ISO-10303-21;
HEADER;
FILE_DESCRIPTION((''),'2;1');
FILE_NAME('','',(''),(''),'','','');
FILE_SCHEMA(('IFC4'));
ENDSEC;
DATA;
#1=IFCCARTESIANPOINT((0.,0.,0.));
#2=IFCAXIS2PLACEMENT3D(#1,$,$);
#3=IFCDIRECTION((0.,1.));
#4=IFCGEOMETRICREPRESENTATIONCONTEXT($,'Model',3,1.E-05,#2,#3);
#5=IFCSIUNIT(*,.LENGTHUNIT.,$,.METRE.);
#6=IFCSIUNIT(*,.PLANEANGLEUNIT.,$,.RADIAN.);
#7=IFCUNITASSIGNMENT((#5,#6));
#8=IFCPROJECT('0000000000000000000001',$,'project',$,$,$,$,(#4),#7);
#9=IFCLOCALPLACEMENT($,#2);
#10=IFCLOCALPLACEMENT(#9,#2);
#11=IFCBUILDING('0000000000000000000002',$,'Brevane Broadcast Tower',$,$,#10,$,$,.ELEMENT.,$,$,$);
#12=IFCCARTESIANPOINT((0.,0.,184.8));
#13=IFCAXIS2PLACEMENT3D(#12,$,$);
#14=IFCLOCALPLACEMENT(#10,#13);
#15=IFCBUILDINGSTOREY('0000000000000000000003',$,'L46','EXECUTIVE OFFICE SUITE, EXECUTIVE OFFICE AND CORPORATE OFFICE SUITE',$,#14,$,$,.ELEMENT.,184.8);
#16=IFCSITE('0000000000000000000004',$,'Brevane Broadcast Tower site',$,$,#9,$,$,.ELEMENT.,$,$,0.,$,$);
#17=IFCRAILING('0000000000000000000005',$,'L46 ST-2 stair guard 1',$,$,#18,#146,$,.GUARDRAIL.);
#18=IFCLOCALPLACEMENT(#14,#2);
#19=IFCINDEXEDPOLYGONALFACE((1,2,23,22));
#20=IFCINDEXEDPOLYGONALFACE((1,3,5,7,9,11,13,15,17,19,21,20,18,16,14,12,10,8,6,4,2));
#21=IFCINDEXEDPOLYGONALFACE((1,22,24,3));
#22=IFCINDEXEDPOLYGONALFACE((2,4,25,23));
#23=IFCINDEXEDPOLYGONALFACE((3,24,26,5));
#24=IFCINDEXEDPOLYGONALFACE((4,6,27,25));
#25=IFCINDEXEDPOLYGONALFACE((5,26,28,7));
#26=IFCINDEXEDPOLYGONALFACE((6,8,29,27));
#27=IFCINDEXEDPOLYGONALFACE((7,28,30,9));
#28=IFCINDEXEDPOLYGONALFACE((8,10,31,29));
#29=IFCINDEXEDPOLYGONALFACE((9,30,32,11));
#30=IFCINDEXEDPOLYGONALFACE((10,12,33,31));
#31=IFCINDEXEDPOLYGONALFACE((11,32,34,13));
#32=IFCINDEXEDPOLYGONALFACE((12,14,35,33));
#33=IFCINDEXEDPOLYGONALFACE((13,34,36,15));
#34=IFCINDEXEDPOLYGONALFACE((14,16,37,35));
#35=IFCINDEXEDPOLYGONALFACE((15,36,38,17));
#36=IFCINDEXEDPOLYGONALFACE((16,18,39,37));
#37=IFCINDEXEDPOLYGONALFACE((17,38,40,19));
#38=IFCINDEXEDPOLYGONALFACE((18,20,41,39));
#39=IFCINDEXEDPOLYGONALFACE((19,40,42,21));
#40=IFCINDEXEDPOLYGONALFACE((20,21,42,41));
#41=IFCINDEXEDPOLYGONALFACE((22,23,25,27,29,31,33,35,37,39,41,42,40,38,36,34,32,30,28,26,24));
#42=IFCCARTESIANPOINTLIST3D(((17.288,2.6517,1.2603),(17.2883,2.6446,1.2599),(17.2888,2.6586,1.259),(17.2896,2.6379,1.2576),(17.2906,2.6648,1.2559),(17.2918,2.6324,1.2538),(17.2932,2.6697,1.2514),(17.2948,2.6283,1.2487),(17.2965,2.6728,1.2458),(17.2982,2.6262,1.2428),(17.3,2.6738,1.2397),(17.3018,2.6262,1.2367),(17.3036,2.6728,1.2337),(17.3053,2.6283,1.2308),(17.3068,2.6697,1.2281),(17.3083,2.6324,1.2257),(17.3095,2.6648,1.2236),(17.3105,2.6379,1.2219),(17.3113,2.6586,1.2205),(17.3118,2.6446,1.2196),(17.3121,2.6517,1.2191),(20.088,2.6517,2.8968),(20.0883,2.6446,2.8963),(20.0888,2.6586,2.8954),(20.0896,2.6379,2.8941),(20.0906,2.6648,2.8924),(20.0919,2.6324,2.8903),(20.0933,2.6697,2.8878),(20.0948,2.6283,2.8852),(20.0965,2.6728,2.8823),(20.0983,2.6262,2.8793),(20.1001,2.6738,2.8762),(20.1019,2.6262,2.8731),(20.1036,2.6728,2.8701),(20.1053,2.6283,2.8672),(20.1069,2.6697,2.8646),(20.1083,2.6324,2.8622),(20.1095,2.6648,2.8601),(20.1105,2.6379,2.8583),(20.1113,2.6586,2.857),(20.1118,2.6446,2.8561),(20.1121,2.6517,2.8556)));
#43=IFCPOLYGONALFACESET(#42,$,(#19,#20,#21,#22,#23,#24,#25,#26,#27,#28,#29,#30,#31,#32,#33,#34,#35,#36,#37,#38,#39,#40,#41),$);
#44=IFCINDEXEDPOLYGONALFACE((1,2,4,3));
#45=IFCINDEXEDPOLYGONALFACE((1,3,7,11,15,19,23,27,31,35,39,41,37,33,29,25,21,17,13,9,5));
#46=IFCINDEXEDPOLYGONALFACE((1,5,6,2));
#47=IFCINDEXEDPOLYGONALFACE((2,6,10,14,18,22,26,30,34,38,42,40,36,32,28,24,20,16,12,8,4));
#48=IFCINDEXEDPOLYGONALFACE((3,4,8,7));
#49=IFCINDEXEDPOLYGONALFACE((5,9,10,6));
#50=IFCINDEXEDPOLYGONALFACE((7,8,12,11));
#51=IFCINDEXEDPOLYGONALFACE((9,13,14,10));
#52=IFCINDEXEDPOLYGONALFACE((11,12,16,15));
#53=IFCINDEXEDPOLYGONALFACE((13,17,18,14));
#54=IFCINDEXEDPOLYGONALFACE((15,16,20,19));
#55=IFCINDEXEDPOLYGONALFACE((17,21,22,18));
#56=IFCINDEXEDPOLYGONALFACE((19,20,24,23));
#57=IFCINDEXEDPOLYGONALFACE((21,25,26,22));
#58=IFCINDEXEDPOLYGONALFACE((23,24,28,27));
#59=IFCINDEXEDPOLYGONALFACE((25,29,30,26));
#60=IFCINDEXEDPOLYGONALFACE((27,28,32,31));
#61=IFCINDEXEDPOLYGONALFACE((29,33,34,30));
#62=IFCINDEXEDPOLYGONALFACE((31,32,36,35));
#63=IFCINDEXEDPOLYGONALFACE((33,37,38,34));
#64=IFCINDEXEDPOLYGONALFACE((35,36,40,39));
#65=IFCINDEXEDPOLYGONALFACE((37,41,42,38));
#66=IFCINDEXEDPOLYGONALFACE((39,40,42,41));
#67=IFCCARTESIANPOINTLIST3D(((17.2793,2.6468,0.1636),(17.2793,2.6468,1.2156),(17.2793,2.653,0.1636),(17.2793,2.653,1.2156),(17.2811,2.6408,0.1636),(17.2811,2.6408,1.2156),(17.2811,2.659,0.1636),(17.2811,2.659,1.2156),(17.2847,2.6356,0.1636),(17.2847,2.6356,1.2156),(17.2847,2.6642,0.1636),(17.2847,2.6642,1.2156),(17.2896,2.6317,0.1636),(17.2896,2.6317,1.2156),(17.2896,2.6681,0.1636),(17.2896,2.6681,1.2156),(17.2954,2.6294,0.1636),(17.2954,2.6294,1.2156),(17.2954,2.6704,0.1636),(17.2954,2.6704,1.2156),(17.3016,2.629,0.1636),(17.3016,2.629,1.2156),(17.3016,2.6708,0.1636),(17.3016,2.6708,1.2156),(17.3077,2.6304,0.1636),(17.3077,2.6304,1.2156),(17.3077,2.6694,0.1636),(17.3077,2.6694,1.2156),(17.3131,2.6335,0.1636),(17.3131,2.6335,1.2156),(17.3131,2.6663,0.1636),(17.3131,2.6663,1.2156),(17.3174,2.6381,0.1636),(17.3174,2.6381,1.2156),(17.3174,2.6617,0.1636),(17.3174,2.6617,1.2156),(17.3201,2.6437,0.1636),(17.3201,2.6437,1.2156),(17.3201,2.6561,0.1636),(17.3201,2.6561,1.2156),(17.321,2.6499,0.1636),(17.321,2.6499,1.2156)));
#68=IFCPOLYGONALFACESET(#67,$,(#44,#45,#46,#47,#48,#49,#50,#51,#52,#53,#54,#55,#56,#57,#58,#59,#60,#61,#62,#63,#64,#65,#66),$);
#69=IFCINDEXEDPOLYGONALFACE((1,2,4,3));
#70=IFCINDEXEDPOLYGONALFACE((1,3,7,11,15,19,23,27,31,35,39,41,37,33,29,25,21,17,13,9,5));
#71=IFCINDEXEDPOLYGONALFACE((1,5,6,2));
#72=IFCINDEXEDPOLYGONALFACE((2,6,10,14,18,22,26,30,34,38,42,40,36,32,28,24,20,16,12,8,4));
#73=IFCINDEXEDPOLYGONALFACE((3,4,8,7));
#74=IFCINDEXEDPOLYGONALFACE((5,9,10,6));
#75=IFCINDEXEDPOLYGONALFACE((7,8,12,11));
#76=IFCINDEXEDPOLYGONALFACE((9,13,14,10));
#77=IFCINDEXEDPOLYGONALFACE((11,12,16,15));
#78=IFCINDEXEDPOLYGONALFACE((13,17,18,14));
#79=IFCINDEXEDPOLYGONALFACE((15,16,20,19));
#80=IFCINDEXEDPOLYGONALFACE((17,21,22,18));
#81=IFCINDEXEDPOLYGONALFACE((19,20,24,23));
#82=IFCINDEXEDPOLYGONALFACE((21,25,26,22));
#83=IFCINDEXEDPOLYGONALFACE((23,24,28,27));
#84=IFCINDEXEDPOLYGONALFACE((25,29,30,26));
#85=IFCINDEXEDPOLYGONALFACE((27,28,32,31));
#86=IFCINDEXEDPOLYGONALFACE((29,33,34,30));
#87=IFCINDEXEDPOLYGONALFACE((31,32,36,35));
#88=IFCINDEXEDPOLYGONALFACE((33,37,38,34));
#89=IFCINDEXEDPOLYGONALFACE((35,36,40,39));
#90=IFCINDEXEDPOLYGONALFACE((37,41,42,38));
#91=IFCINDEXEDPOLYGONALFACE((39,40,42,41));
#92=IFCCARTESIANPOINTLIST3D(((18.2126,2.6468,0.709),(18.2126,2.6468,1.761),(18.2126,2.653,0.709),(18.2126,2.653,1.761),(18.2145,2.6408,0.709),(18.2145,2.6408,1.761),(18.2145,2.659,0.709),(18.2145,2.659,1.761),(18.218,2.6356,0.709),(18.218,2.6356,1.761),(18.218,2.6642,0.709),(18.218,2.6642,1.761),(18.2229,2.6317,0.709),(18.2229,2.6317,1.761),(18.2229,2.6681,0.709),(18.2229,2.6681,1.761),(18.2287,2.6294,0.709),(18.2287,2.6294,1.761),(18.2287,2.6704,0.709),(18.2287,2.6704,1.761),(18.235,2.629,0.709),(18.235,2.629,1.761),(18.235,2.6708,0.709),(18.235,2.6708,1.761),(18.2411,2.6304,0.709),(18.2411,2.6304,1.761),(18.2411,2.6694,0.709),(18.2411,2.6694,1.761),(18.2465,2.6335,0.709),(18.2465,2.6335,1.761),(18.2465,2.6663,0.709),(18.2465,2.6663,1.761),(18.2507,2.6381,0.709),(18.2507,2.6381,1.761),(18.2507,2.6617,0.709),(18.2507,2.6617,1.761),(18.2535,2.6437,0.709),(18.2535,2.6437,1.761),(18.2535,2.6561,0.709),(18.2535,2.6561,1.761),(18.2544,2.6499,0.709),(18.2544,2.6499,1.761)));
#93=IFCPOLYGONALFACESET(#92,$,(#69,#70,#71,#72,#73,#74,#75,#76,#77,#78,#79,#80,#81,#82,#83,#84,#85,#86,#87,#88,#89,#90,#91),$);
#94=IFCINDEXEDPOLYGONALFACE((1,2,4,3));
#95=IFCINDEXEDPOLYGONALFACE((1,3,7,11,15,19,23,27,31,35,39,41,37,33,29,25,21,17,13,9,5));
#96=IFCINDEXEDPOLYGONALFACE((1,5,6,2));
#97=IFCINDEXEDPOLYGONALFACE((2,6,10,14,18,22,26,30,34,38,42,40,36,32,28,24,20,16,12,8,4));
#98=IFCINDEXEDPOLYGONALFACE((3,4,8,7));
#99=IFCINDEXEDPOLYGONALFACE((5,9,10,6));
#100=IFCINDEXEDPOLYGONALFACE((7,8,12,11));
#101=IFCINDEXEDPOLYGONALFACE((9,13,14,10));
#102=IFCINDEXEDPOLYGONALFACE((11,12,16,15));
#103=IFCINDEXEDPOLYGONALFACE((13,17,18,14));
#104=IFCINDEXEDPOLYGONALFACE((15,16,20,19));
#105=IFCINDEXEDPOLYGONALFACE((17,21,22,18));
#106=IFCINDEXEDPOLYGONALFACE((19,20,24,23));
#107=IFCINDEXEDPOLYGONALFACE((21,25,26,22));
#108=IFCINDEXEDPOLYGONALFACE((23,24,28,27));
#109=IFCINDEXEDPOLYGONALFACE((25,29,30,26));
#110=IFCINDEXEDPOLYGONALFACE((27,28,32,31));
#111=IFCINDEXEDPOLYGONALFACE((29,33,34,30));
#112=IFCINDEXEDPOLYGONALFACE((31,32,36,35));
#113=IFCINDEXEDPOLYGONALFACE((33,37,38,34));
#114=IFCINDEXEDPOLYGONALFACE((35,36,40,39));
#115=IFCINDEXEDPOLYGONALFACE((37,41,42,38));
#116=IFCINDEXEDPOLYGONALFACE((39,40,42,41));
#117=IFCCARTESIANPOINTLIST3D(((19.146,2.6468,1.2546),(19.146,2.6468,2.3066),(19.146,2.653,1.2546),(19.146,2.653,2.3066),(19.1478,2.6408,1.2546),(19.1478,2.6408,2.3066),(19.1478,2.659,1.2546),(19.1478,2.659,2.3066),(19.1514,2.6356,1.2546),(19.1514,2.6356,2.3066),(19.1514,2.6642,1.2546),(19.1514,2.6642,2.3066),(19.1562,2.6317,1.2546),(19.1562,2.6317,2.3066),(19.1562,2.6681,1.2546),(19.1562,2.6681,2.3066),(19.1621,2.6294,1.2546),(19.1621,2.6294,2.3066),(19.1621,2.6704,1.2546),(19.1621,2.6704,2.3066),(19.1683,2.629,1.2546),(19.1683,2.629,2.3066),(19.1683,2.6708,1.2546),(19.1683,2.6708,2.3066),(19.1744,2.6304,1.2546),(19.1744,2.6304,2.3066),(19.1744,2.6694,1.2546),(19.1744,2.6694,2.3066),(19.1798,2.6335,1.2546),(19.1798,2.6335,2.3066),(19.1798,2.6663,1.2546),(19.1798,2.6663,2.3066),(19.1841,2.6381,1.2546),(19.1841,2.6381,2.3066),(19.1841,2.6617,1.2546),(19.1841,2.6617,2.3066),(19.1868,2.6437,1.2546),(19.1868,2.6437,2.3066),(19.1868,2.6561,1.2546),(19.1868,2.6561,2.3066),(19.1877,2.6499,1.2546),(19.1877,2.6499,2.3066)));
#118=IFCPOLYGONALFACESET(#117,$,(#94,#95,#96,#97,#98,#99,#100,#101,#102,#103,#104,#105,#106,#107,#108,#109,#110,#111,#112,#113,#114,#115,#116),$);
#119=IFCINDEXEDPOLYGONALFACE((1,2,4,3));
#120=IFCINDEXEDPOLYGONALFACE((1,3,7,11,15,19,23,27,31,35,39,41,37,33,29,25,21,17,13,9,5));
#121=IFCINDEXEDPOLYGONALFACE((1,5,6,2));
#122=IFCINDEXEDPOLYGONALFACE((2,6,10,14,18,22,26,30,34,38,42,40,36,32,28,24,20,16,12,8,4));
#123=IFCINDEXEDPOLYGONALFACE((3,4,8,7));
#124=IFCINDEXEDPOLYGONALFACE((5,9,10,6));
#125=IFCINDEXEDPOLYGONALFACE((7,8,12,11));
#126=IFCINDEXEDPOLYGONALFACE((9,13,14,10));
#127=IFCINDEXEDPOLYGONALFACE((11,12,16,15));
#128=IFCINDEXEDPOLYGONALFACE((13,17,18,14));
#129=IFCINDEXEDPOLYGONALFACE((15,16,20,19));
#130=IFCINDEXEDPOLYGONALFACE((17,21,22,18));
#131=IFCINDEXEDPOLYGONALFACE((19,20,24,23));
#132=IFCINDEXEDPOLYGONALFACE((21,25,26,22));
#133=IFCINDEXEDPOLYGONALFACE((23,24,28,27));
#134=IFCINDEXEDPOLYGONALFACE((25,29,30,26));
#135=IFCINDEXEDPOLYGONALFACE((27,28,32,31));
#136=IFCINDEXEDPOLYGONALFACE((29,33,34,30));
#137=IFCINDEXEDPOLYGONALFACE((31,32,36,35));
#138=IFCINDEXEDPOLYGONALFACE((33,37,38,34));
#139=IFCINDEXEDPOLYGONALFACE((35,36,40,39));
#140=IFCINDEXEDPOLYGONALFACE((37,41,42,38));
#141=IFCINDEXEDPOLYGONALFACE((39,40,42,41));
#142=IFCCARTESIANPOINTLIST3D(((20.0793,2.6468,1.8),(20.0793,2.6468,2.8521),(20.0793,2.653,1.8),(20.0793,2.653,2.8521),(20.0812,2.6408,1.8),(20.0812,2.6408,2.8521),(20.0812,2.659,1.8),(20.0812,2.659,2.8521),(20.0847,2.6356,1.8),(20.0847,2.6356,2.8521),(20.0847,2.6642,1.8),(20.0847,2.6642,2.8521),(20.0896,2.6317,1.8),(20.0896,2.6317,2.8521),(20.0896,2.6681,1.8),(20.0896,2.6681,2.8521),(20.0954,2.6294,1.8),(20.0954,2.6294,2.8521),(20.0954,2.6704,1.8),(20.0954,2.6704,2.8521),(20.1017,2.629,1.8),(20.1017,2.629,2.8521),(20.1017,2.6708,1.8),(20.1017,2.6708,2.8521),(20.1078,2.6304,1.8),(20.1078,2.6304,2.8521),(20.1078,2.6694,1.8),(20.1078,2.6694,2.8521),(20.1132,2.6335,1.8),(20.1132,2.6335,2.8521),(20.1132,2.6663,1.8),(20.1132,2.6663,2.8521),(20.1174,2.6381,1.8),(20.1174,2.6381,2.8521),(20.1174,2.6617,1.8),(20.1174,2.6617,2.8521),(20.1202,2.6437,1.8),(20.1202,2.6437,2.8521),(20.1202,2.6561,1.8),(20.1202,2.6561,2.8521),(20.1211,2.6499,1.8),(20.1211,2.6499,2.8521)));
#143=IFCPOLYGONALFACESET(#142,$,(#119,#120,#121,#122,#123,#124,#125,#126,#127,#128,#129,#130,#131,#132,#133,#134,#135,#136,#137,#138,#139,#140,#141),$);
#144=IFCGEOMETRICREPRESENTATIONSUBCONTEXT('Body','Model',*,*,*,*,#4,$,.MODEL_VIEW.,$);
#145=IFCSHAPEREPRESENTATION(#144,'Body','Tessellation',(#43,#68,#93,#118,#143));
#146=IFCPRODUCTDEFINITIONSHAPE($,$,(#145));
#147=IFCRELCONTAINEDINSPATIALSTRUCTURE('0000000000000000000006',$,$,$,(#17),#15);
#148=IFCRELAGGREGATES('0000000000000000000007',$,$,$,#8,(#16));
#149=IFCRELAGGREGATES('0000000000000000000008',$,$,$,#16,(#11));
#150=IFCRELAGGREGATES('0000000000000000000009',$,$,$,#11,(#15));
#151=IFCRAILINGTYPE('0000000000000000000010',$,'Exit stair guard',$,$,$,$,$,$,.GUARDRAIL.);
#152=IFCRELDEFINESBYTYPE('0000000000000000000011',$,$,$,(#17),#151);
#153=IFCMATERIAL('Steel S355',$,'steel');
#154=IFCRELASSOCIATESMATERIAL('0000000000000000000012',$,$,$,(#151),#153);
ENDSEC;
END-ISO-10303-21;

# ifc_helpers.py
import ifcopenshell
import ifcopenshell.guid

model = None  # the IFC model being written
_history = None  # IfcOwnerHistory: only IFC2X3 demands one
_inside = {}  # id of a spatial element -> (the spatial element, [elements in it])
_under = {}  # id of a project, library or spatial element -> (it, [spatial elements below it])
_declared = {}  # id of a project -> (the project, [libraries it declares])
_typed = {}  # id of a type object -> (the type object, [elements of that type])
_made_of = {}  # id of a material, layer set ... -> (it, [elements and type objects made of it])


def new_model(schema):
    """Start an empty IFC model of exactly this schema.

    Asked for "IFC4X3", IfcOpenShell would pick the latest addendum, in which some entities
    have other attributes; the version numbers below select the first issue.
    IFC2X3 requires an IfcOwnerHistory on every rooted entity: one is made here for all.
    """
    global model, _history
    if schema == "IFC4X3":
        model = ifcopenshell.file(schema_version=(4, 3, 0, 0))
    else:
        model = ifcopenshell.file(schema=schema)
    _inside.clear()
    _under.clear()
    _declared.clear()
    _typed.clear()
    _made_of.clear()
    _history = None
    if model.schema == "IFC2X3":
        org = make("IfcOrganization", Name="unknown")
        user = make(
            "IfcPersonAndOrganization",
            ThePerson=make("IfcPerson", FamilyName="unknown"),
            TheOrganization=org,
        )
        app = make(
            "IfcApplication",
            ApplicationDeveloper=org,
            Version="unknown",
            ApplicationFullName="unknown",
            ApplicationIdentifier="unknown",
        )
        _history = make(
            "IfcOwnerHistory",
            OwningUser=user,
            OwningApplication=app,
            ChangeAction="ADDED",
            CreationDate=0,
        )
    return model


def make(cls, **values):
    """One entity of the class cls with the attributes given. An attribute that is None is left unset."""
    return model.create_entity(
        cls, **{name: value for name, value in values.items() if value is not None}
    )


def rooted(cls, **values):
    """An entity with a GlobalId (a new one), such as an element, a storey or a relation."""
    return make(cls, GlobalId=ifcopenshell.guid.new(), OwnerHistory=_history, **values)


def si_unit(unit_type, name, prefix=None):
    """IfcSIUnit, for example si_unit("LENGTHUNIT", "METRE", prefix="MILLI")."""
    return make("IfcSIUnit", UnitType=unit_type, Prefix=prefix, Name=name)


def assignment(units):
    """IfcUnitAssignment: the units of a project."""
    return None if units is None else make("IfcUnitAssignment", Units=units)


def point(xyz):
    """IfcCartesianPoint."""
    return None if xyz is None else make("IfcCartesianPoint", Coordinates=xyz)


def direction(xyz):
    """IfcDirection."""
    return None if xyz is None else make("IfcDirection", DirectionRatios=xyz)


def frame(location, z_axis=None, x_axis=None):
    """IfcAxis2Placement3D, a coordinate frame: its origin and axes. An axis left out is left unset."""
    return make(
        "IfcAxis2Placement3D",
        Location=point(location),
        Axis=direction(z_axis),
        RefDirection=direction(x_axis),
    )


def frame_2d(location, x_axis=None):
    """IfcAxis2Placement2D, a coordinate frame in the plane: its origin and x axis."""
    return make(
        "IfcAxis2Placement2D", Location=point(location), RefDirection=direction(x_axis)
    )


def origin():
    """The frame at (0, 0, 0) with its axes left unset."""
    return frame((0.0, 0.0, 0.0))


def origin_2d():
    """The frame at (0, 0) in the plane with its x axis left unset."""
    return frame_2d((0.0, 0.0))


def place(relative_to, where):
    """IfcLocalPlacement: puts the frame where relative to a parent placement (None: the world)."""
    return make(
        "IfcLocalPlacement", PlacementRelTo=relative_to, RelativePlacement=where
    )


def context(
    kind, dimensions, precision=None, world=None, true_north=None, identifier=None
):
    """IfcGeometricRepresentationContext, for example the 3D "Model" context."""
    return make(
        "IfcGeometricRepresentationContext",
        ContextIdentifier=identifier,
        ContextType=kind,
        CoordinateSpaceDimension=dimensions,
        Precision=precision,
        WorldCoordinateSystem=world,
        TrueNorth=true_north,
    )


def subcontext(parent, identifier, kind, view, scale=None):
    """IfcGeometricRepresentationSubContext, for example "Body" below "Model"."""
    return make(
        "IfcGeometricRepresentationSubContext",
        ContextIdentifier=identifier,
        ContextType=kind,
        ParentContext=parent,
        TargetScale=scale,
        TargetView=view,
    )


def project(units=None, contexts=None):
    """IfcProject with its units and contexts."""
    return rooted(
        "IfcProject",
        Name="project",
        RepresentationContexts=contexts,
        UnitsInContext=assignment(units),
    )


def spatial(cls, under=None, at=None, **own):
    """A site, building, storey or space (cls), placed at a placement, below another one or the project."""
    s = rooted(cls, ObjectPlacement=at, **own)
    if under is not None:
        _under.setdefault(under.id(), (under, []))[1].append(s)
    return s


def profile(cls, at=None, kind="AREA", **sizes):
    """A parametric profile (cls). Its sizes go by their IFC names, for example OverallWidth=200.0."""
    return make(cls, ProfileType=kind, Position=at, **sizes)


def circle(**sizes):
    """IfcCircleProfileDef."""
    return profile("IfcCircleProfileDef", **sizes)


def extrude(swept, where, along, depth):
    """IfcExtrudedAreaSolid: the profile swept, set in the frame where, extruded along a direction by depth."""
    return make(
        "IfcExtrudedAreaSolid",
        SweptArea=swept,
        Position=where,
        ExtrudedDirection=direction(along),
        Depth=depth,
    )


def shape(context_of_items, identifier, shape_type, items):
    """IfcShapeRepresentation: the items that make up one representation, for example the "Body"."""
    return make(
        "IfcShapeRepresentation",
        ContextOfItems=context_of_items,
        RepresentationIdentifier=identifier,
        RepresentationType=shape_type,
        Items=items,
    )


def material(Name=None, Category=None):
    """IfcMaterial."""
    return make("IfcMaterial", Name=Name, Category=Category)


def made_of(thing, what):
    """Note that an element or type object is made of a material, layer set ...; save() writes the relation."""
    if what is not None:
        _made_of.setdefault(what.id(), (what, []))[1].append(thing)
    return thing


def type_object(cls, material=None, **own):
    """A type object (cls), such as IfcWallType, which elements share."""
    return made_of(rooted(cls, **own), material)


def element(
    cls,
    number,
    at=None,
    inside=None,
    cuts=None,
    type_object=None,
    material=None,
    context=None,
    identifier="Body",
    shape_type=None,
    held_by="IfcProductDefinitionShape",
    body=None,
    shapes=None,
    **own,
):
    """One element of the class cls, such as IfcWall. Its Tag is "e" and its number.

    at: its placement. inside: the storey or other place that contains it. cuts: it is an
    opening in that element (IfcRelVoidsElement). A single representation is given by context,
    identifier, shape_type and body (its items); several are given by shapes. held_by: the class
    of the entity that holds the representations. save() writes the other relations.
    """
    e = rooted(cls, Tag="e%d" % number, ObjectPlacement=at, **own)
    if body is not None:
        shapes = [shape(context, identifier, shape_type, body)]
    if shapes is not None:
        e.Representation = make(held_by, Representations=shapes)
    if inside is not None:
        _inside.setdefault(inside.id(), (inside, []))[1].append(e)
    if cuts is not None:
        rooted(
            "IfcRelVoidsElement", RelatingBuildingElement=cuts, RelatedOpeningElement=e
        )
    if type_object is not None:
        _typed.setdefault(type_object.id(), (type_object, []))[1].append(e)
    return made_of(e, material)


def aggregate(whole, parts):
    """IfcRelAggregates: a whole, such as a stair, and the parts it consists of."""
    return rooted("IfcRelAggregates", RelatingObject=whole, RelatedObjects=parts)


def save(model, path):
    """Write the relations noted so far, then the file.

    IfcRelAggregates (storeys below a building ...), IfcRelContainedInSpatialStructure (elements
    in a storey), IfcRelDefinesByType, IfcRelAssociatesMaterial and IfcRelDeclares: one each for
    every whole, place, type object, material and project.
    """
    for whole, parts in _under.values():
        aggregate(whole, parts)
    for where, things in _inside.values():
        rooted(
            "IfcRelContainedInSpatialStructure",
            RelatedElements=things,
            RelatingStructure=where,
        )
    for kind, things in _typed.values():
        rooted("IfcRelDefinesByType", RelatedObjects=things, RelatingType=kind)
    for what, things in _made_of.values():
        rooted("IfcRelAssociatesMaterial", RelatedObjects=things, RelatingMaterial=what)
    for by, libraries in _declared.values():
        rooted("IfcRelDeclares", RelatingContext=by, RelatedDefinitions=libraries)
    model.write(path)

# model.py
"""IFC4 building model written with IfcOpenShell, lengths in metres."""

from ifc_helpers import new_model, si_unit, direction, frame, origin, origin_2d, place, context, subcontext, project, spatial, circle, extrude, material, type_object, element, save


model = new_model("IFC4")

# Units and contexts
model_context = context("Model", 3, precision=1e-05, world=origin(), true_north=direction((0.0, 1.0)))
body_context = subcontext(model_context, "Body", "Model", "MODEL_VIEW")
ifc_project = project(units=[si_unit("LENGTHUNIT", "METRE"), si_unit("PLANEANGLEUNIT", "RADIAN")], contexts=[model_context])

# Site, building, storey
site_placement = place(None, origin())
site = spatial("IfcSite", under=ifc_project, at=site_placement, Name="Brevane Broadcast Tower site", CompositionType="ELEMENT", RefElevation=0.0)
building_placement = place(site_placement, origin())
building = spatial("IfcBuilding", under=site, at=building_placement, Name="Brevane Broadcast Tower", CompositionType="ELEMENT")
storey_placement = place(building_placement, frame((0.0, 0.0, 184.8)))
storey = spatial("IfcBuildingStorey", under=building, at=storey_placement, Name="L46", Description="EXECUTIVE OFFICE SUITE, EXECUTIVE OFFICE AND CORPORATE OFFICE SUITE", CompositionType="ELEMENT", Elevation=184.8)

# Railing
ifc_material_1 = material(Name="Steel S355", Category="steel")
railing_type_1 = type_object("IfcRailingType", Name="Exit stair guard", PredefinedType="GUARDRAIL", material=ifc_material_1)
railing_1_placement = place(storey_placement, frame((17.3, 2.6499, 0.1636)))
element("IfcRailing", 1, at=railing_1_placement, inside=storey, type_object=railing_type_1, Name="L46 ST-2 stair guard 1", PredefinedType="GUARDRAIL", context=body_context, shape_type="SweptSolid", body=[
    extrude(circle(Radius=0.0239, at=origin_2d()), frame((0.0, 0.0, 1.0762), z_axis=(0.863361, 0.0, 0.504587), x_axis=(0.0, 1.0, 0.0)), (0.0, 0.0, 1.0), 3.2432),
    extrude(circle(Radius=0.021, at=origin_2d()), origin(), (0.0, 0.0, 1.0), 1.052),
    extrude(circle(Radius=0.021, at=origin_2d()), frame((0.9333, 0.0, 0.5454)), (0.0, 0.0, 1.0), 1.052),
    extrude(circle(Radius=0.021, at=origin_2d()), frame((1.8667, 0.0, 1.0911)), (0.0, 0.0, 1.0), 1.052),
    extrude(circle(Radius=0.021, at=origin_2d()), frame((2.8, 0.0, 1.6365)), (0.0, 0.0, 1.0), 1.052),
])

save(model, "model.ifc")
